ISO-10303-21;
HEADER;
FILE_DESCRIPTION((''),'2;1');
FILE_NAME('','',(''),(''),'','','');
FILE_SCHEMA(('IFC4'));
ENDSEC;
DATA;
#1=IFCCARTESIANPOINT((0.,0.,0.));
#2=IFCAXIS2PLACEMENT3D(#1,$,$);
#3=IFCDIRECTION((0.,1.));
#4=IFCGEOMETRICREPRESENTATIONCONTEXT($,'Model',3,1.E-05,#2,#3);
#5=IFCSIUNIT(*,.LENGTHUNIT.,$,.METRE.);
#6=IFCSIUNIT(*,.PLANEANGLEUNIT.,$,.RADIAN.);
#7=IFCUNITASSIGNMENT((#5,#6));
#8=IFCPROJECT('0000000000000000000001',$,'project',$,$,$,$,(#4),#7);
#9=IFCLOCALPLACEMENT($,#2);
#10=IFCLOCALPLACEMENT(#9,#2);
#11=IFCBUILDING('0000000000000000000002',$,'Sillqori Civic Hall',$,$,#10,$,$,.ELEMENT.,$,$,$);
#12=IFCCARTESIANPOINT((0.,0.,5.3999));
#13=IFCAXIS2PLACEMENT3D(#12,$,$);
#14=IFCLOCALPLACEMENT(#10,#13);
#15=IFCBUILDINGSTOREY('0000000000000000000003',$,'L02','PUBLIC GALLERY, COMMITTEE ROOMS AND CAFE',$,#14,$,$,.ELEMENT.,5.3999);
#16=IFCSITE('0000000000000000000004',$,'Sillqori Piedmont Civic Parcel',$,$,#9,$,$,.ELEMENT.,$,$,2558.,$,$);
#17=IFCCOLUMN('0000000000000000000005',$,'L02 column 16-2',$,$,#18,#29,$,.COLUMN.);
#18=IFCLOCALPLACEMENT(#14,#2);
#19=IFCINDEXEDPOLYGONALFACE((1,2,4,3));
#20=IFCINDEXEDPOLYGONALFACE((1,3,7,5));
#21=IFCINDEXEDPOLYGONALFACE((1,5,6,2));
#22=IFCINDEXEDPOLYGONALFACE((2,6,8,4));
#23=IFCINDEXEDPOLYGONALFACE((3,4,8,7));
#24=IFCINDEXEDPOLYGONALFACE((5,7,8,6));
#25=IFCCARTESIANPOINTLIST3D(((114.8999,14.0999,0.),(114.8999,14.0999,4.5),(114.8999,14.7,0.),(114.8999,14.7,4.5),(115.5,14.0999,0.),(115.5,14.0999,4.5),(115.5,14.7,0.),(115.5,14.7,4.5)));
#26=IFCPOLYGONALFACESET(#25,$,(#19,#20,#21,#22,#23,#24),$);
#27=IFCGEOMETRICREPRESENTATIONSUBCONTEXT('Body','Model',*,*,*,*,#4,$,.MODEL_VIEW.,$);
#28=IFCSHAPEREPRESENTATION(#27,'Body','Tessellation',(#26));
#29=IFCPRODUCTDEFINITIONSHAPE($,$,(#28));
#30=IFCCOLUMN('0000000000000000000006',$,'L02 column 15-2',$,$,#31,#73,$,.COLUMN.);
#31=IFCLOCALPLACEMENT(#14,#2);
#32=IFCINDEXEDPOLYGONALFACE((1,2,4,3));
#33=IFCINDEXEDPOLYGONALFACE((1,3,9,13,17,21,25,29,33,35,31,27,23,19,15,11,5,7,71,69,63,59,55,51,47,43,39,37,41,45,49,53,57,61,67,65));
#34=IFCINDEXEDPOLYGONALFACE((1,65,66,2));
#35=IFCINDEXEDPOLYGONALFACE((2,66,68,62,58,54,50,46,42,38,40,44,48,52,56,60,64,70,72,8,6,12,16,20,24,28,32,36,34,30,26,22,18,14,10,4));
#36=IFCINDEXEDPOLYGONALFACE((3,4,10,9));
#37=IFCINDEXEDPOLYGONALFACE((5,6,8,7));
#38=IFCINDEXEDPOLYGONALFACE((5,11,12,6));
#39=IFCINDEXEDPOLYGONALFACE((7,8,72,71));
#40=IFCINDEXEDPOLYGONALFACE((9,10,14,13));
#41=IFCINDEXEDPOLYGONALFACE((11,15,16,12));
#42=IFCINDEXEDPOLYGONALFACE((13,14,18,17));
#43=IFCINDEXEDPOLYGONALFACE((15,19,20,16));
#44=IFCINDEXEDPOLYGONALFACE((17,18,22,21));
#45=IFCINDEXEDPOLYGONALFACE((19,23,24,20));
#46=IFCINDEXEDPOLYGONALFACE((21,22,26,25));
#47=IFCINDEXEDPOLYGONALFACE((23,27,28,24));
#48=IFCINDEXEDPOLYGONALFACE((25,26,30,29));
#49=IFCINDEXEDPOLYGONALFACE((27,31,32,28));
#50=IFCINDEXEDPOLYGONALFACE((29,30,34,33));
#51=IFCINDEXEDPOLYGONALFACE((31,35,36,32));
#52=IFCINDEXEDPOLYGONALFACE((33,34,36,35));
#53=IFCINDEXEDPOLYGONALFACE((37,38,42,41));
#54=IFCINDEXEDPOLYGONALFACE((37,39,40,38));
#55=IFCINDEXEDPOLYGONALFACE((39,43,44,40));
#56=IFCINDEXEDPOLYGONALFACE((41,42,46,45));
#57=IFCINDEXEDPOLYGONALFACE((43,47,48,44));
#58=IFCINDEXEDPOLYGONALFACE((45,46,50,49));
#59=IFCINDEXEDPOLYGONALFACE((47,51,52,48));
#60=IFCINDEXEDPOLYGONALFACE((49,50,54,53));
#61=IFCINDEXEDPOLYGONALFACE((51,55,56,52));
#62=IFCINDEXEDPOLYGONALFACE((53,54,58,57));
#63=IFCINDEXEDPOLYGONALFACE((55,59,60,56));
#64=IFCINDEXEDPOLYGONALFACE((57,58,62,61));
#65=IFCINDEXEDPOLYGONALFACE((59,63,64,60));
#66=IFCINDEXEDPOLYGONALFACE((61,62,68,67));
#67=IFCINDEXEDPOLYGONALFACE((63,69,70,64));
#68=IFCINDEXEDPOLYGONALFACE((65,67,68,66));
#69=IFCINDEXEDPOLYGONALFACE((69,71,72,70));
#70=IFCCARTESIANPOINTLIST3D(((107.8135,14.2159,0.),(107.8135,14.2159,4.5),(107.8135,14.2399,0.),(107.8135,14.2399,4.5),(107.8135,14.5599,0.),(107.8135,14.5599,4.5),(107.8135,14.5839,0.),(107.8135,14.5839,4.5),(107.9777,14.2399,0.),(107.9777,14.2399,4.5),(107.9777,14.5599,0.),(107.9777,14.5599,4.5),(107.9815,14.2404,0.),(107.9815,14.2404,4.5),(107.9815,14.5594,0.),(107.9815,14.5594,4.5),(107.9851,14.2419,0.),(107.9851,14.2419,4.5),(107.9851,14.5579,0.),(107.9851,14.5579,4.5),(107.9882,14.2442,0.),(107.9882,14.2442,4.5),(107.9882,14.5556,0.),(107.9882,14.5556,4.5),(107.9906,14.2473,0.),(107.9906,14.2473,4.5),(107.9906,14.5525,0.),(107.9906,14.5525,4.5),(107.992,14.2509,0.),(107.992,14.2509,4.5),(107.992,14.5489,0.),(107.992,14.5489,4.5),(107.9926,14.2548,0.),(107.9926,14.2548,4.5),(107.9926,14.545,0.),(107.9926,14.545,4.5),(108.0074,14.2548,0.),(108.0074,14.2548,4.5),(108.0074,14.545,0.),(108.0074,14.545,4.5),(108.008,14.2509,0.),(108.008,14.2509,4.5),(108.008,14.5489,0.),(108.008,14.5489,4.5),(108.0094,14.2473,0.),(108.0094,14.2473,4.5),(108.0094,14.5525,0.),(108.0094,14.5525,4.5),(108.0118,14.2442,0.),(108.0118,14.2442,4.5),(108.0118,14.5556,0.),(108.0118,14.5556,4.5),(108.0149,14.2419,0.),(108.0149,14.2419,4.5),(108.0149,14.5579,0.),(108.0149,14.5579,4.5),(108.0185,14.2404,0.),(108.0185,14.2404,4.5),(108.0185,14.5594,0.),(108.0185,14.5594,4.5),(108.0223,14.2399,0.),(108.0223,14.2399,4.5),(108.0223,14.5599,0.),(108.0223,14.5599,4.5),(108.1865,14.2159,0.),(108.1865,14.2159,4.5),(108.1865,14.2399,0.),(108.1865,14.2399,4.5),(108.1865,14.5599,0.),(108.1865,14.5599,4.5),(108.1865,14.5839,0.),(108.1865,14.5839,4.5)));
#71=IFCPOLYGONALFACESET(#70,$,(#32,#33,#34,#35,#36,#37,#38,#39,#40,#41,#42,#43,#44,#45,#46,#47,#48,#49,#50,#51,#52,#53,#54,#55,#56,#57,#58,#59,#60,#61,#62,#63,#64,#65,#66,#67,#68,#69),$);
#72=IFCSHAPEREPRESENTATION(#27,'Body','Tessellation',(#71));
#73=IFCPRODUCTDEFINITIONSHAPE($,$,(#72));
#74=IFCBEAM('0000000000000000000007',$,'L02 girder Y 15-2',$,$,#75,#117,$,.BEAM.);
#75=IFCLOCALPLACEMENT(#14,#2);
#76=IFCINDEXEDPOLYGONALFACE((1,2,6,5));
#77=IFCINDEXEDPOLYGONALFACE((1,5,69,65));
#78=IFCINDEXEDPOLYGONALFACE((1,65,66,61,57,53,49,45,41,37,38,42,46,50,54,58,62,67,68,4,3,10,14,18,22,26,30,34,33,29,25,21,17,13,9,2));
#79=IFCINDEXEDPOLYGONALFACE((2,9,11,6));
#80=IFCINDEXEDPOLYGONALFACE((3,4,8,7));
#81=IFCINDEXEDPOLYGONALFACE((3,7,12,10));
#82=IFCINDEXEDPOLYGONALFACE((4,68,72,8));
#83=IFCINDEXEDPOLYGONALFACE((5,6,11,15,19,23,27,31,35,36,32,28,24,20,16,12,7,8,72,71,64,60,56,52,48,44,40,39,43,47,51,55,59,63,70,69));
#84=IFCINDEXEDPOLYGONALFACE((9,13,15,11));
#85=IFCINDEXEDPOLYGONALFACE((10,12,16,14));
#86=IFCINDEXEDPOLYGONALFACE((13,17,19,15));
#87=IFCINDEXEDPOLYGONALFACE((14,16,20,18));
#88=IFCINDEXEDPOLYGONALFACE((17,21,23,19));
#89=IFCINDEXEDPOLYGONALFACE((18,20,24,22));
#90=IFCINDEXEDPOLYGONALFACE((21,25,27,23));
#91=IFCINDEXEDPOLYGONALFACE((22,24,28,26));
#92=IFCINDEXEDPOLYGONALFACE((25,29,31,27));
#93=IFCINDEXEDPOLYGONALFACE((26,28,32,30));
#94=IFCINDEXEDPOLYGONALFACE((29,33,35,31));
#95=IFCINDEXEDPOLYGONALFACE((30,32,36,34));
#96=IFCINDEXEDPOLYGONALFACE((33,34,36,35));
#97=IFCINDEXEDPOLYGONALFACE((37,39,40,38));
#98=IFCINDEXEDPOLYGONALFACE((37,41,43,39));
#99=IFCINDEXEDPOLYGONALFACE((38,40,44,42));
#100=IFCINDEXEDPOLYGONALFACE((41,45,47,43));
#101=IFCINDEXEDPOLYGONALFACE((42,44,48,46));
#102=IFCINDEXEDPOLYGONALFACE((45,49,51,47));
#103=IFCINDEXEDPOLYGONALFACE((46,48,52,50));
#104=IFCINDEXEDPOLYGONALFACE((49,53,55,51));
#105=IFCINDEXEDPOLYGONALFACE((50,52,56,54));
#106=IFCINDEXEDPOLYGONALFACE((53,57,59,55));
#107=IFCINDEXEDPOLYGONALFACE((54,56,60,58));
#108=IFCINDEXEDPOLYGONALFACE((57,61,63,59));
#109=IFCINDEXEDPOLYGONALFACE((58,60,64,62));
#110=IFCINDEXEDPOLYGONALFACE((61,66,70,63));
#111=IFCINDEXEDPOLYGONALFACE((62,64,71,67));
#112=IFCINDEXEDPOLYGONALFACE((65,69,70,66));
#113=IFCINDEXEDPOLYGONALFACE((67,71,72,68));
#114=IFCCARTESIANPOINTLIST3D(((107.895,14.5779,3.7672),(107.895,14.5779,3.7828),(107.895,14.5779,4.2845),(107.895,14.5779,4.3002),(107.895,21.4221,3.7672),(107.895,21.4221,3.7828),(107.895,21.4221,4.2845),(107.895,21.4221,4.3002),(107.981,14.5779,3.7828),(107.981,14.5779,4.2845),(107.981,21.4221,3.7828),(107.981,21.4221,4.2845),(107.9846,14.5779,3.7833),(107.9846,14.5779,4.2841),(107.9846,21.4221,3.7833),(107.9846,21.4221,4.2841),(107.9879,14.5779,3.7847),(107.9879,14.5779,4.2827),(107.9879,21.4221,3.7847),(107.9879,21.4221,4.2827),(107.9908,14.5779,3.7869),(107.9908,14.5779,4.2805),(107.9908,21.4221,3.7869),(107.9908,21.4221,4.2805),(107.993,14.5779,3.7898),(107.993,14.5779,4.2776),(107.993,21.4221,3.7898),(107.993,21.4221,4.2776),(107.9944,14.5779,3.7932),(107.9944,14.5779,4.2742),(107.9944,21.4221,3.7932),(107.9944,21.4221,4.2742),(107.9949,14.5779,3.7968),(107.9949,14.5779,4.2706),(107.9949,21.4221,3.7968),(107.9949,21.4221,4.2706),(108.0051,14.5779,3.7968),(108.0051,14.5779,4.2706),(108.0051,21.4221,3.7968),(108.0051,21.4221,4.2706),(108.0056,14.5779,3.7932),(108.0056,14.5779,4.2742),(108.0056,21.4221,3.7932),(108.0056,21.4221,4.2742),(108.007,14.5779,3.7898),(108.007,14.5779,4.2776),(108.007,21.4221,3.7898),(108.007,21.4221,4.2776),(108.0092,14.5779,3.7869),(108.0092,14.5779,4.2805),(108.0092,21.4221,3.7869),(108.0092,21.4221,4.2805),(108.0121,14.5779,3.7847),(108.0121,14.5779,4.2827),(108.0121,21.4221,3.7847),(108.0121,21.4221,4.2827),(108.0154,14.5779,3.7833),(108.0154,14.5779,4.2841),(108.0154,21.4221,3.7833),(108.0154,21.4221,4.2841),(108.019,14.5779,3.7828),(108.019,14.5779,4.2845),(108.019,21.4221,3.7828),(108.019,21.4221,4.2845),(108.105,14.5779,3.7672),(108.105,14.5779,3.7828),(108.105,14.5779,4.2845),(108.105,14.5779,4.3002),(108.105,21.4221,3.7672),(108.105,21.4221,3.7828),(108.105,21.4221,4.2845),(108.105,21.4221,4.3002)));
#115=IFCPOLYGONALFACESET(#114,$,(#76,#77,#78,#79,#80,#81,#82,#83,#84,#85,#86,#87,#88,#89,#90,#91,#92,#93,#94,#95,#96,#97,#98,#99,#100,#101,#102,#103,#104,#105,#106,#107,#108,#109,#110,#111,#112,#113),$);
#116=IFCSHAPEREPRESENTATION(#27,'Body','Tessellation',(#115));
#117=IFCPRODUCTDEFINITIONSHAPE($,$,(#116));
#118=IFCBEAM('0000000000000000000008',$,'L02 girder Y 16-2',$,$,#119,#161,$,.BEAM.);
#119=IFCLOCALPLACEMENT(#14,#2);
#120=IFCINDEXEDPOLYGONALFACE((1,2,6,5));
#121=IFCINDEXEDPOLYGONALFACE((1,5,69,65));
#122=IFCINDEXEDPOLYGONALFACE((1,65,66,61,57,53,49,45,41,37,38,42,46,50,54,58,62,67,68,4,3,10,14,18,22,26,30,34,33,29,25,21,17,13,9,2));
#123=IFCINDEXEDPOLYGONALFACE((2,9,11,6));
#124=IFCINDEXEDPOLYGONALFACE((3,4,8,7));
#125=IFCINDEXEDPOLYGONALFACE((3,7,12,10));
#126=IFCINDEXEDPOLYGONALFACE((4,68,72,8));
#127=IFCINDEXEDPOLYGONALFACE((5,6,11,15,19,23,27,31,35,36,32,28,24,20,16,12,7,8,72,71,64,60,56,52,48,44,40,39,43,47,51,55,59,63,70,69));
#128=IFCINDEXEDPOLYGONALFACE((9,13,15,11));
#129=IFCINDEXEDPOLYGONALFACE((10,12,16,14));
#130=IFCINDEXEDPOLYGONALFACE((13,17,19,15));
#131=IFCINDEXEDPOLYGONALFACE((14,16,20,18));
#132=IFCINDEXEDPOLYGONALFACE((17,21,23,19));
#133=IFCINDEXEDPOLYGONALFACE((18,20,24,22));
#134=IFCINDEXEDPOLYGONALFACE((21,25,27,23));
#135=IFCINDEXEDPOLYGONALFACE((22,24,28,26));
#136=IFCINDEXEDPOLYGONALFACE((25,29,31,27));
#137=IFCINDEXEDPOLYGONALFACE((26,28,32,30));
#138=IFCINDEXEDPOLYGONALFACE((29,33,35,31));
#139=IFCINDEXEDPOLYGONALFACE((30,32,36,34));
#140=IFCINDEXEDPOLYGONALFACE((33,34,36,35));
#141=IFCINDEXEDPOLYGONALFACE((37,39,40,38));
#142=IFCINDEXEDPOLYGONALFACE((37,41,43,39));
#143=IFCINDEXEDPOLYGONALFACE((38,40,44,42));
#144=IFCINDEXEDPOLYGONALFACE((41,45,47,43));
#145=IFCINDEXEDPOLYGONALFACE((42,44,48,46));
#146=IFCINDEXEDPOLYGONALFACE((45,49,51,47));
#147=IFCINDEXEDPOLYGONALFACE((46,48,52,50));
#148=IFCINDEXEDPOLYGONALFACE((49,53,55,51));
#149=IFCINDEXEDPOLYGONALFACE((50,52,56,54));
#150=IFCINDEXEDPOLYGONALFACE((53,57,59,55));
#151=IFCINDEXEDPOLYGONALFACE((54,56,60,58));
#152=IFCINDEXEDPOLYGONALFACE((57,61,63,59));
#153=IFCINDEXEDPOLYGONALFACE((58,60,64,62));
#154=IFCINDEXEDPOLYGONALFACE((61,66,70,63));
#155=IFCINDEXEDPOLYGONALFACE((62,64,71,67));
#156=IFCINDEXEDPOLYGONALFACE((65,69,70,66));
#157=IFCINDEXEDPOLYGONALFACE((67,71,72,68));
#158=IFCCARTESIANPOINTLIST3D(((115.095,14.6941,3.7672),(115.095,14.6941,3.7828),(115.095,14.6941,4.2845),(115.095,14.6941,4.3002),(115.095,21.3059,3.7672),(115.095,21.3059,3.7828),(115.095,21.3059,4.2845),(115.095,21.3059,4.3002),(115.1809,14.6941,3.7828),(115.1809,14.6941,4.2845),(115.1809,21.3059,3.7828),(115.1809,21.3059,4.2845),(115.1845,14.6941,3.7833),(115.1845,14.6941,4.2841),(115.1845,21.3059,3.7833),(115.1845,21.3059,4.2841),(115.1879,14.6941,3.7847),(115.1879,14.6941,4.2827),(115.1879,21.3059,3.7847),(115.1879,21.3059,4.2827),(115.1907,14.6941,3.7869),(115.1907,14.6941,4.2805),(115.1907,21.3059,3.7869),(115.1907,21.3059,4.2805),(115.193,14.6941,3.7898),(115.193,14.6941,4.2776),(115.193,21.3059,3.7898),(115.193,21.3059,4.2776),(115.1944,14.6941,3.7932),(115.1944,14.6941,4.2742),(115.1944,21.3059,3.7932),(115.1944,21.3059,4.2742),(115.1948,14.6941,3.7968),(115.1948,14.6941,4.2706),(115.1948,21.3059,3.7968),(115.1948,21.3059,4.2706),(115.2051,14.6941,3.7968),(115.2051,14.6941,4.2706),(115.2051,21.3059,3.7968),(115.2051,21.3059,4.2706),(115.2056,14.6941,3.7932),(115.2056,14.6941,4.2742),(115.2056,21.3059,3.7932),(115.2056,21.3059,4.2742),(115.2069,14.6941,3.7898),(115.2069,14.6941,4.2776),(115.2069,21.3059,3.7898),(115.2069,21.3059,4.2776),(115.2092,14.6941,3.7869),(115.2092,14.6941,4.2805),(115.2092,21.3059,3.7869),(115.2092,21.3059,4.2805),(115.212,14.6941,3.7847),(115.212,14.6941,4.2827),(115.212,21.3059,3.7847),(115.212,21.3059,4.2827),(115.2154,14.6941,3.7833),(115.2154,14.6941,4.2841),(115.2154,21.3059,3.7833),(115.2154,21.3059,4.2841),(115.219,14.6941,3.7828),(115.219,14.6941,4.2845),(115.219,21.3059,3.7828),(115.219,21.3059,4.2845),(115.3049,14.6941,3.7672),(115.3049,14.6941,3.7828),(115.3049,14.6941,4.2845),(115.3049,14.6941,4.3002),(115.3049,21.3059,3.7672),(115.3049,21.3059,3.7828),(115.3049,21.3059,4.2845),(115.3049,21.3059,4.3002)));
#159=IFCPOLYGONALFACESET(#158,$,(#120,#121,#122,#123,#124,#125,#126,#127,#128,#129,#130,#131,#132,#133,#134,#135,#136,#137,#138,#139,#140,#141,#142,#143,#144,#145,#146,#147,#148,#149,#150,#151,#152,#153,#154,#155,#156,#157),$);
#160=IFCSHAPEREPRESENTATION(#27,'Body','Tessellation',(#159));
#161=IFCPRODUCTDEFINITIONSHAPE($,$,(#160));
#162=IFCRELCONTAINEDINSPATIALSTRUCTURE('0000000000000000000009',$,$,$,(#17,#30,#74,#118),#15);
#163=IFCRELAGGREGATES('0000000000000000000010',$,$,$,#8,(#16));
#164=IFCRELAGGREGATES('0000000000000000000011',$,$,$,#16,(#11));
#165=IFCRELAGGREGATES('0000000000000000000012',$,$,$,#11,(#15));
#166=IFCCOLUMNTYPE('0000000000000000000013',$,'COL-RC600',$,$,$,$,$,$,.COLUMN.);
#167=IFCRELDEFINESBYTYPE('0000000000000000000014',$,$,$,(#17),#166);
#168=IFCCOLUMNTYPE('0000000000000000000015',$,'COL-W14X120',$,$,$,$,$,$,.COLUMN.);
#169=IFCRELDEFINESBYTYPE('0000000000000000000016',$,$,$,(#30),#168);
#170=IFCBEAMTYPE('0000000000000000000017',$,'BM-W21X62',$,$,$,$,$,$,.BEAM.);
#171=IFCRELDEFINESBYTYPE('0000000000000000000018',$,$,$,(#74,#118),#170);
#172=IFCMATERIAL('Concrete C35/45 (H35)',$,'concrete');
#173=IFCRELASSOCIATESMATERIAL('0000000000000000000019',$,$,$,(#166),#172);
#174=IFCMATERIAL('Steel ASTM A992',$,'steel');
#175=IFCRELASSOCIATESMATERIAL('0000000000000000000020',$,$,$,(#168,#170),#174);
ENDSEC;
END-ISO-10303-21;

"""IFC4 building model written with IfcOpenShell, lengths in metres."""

from ifc_helpers import new_model, si_unit, direction, frame, origin, origin_2d, place, context, subcontext, project, spatial, rectangle, i_section, extrude, material, material_profile, profile_set, type_object, element, save


model = new_model("IFC4")

# Units and contexts
model_context = context("Model", 3, precision=1e-05, world=origin(), true_north=direction((0.0, 1.0)))
body_context = subcontext(model_context, "Body", "Model", "MODEL_VIEW")
ifc_project = project(units=[si_unit("LENGTHUNIT", "METRE"), si_unit("PLANEANGLEUNIT", "RADIAN")], contexts=[model_context])

# Site, building, storey
site_placement = place(None, origin())
site = spatial("IfcSite", under=ifc_project, at=site_placement, Name="Sillqori Piedmont Civic Parcel", CompositionType="ELEMENT", RefElevation=2558.0)
building_placement = place(site_placement, origin())
building = spatial("IfcBuilding", under=site, at=building_placement, Name="Sillqori Civic Hall", CompositionType="ELEMENT")
storey_placement = place(building_placement, frame((0.0, 0.0, 5.3999)))
storey = spatial("IfcBuildingStorey", under=building, at=storey_placement, Name="L02", Description="PUBLIC GALLERY, COMMITTEE ROOMS AND CAFE", CompositionType="ELEMENT", Elevation=5.3999)

# Columns
ifc_material_1 = material(Name="Concrete C35/45 (H35)", Category="concrete")
ifc_material_profile_1 = material_profile(ifc_material_1, rectangle(XDim=0.6001, YDim=0.6001, at=origin_2d()), Name="RC 600x600")
ifc_profile_set_1 = profile_set([ifc_material_profile_1], Name="Concrete C35/45 (H35)")
column_type_1 = type_object("IfcColumnType", Name="COL-RC600", PredefinedType="COLUMN", material=ifc_profile_set_1)
column_1_placement = place(storey_placement, frame((115.2, 14.3999, 0.0), z_axis=(0.0, 0.0, 1.0), x_axis=(1.0, 0.0, 0.0)))
element("IfcColumn", 1, at=column_1_placement, inside=storey, type_object=column_type_1, Name="L02 column 16-2", PredefinedType="COLUMN", context=body_context, shape_type="SweptSolid", body=[
    extrude(rectangle(XDim=0.6001, YDim=0.6001, at=origin_2d()), origin(), (0.0, 0.0, 1.0), 4.5),
])
ifc_material_2 = material(Name="Steel ASTM A992", Category="steel")
ifc_material_profile_2 = material_profile(ifc_material_2, i_section(OverallWidth=0.373, OverallDepth=0.3679, WebThickness=0.0149, FlangeThickness=0.0239, FilletRadius=0.0149, at=origin_2d()), Name="W14X120")
ifc_profile_set_2 = profile_set([ifc_material_profile_2], Name="Steel ASTM A992")
column_type_2 = type_object("IfcColumnType", Name="COL-W14X120", PredefinedType="COLUMN", material=ifc_profile_set_2)
column_2_placement = place(storey_placement, frame((108.0, 14.3999, 0.0), z_axis=(0.0, 0.0, 1.0), x_axis=(1.0, 0.0, 0.0)))
element("IfcColumn", 2, at=column_2_placement, inside=storey, type_object=column_type_2, Name="L02 column 15-2", PredefinedType="COLUMN", context=body_context, shape_type="SweptSolid", body=[
    extrude(i_section(OverallWidth=0.373, OverallDepth=0.3679, WebThickness=0.0149, FlangeThickness=0.0239, FilletRadius=0.0149, at=origin_2d()), origin(), (0.0, 0.0, 1.0), 4.5),
])

# Beams
ifc_material_profile_3 = material_profile(ifc_material_2, i_section(OverallWidth=0.21, OverallDepth=0.533, WebThickness=0.0103, FlangeThickness=0.0156, FilletRadius=0.0139, at=origin_2d()), Name="W21X62")
ifc_profile_set_3 = profile_set([ifc_material_profile_3], Name="Steel ASTM A992")
beam_type_1 = type_object("IfcBeamType", Name="BM-W21X62", PredefinedType="BEAM", material=ifc_profile_set_3)
beam_1_placement = place(storey_placement, frame((108.0, 14.5779, 4.0337), z_axis=(0.0, 1.0, 0.0), x_axis=(-1.0, 0.0, 0.0)))
element("IfcBeam", 3, at=beam_1_placement, inside=storey, type_object=beam_type_1, Name="L02 girder Y 15-2", PredefinedType="BEAM", context=body_context, shape_type="SweptSolid", body=[
    extrude(i_section(OverallWidth=0.21, OverallDepth=0.533, WebThickness=0.0103, FlangeThickness=0.0156, FilletRadius=0.0139, at=origin_2d()), origin(), (0.0, 0.0, 1.0), 6.8442),
])
beam_2_placement = place(storey_placement, frame((115.2, 14.6941, 4.0337), z_axis=(0.0, 1.0, 0.0), x_axis=(-1.0, 0.0, 0.0)))
element("IfcBeam", 4, at=beam_2_placement, inside=storey, type_object=beam_type_1, Name="L02 girder Y 16-2", PredefinedType="BEAM", context=body_context, shape_type="SweptSolid", body=[
    extrude(i_section(OverallWidth=0.21, OverallDepth=0.533, WebThickness=0.0103, FlangeThickness=0.0156, FilletRadius=0.0139, at=origin_2d()), origin(), (0.0, 0.0, 1.0), 6.6118),
])

save(model, "model.ifc")
